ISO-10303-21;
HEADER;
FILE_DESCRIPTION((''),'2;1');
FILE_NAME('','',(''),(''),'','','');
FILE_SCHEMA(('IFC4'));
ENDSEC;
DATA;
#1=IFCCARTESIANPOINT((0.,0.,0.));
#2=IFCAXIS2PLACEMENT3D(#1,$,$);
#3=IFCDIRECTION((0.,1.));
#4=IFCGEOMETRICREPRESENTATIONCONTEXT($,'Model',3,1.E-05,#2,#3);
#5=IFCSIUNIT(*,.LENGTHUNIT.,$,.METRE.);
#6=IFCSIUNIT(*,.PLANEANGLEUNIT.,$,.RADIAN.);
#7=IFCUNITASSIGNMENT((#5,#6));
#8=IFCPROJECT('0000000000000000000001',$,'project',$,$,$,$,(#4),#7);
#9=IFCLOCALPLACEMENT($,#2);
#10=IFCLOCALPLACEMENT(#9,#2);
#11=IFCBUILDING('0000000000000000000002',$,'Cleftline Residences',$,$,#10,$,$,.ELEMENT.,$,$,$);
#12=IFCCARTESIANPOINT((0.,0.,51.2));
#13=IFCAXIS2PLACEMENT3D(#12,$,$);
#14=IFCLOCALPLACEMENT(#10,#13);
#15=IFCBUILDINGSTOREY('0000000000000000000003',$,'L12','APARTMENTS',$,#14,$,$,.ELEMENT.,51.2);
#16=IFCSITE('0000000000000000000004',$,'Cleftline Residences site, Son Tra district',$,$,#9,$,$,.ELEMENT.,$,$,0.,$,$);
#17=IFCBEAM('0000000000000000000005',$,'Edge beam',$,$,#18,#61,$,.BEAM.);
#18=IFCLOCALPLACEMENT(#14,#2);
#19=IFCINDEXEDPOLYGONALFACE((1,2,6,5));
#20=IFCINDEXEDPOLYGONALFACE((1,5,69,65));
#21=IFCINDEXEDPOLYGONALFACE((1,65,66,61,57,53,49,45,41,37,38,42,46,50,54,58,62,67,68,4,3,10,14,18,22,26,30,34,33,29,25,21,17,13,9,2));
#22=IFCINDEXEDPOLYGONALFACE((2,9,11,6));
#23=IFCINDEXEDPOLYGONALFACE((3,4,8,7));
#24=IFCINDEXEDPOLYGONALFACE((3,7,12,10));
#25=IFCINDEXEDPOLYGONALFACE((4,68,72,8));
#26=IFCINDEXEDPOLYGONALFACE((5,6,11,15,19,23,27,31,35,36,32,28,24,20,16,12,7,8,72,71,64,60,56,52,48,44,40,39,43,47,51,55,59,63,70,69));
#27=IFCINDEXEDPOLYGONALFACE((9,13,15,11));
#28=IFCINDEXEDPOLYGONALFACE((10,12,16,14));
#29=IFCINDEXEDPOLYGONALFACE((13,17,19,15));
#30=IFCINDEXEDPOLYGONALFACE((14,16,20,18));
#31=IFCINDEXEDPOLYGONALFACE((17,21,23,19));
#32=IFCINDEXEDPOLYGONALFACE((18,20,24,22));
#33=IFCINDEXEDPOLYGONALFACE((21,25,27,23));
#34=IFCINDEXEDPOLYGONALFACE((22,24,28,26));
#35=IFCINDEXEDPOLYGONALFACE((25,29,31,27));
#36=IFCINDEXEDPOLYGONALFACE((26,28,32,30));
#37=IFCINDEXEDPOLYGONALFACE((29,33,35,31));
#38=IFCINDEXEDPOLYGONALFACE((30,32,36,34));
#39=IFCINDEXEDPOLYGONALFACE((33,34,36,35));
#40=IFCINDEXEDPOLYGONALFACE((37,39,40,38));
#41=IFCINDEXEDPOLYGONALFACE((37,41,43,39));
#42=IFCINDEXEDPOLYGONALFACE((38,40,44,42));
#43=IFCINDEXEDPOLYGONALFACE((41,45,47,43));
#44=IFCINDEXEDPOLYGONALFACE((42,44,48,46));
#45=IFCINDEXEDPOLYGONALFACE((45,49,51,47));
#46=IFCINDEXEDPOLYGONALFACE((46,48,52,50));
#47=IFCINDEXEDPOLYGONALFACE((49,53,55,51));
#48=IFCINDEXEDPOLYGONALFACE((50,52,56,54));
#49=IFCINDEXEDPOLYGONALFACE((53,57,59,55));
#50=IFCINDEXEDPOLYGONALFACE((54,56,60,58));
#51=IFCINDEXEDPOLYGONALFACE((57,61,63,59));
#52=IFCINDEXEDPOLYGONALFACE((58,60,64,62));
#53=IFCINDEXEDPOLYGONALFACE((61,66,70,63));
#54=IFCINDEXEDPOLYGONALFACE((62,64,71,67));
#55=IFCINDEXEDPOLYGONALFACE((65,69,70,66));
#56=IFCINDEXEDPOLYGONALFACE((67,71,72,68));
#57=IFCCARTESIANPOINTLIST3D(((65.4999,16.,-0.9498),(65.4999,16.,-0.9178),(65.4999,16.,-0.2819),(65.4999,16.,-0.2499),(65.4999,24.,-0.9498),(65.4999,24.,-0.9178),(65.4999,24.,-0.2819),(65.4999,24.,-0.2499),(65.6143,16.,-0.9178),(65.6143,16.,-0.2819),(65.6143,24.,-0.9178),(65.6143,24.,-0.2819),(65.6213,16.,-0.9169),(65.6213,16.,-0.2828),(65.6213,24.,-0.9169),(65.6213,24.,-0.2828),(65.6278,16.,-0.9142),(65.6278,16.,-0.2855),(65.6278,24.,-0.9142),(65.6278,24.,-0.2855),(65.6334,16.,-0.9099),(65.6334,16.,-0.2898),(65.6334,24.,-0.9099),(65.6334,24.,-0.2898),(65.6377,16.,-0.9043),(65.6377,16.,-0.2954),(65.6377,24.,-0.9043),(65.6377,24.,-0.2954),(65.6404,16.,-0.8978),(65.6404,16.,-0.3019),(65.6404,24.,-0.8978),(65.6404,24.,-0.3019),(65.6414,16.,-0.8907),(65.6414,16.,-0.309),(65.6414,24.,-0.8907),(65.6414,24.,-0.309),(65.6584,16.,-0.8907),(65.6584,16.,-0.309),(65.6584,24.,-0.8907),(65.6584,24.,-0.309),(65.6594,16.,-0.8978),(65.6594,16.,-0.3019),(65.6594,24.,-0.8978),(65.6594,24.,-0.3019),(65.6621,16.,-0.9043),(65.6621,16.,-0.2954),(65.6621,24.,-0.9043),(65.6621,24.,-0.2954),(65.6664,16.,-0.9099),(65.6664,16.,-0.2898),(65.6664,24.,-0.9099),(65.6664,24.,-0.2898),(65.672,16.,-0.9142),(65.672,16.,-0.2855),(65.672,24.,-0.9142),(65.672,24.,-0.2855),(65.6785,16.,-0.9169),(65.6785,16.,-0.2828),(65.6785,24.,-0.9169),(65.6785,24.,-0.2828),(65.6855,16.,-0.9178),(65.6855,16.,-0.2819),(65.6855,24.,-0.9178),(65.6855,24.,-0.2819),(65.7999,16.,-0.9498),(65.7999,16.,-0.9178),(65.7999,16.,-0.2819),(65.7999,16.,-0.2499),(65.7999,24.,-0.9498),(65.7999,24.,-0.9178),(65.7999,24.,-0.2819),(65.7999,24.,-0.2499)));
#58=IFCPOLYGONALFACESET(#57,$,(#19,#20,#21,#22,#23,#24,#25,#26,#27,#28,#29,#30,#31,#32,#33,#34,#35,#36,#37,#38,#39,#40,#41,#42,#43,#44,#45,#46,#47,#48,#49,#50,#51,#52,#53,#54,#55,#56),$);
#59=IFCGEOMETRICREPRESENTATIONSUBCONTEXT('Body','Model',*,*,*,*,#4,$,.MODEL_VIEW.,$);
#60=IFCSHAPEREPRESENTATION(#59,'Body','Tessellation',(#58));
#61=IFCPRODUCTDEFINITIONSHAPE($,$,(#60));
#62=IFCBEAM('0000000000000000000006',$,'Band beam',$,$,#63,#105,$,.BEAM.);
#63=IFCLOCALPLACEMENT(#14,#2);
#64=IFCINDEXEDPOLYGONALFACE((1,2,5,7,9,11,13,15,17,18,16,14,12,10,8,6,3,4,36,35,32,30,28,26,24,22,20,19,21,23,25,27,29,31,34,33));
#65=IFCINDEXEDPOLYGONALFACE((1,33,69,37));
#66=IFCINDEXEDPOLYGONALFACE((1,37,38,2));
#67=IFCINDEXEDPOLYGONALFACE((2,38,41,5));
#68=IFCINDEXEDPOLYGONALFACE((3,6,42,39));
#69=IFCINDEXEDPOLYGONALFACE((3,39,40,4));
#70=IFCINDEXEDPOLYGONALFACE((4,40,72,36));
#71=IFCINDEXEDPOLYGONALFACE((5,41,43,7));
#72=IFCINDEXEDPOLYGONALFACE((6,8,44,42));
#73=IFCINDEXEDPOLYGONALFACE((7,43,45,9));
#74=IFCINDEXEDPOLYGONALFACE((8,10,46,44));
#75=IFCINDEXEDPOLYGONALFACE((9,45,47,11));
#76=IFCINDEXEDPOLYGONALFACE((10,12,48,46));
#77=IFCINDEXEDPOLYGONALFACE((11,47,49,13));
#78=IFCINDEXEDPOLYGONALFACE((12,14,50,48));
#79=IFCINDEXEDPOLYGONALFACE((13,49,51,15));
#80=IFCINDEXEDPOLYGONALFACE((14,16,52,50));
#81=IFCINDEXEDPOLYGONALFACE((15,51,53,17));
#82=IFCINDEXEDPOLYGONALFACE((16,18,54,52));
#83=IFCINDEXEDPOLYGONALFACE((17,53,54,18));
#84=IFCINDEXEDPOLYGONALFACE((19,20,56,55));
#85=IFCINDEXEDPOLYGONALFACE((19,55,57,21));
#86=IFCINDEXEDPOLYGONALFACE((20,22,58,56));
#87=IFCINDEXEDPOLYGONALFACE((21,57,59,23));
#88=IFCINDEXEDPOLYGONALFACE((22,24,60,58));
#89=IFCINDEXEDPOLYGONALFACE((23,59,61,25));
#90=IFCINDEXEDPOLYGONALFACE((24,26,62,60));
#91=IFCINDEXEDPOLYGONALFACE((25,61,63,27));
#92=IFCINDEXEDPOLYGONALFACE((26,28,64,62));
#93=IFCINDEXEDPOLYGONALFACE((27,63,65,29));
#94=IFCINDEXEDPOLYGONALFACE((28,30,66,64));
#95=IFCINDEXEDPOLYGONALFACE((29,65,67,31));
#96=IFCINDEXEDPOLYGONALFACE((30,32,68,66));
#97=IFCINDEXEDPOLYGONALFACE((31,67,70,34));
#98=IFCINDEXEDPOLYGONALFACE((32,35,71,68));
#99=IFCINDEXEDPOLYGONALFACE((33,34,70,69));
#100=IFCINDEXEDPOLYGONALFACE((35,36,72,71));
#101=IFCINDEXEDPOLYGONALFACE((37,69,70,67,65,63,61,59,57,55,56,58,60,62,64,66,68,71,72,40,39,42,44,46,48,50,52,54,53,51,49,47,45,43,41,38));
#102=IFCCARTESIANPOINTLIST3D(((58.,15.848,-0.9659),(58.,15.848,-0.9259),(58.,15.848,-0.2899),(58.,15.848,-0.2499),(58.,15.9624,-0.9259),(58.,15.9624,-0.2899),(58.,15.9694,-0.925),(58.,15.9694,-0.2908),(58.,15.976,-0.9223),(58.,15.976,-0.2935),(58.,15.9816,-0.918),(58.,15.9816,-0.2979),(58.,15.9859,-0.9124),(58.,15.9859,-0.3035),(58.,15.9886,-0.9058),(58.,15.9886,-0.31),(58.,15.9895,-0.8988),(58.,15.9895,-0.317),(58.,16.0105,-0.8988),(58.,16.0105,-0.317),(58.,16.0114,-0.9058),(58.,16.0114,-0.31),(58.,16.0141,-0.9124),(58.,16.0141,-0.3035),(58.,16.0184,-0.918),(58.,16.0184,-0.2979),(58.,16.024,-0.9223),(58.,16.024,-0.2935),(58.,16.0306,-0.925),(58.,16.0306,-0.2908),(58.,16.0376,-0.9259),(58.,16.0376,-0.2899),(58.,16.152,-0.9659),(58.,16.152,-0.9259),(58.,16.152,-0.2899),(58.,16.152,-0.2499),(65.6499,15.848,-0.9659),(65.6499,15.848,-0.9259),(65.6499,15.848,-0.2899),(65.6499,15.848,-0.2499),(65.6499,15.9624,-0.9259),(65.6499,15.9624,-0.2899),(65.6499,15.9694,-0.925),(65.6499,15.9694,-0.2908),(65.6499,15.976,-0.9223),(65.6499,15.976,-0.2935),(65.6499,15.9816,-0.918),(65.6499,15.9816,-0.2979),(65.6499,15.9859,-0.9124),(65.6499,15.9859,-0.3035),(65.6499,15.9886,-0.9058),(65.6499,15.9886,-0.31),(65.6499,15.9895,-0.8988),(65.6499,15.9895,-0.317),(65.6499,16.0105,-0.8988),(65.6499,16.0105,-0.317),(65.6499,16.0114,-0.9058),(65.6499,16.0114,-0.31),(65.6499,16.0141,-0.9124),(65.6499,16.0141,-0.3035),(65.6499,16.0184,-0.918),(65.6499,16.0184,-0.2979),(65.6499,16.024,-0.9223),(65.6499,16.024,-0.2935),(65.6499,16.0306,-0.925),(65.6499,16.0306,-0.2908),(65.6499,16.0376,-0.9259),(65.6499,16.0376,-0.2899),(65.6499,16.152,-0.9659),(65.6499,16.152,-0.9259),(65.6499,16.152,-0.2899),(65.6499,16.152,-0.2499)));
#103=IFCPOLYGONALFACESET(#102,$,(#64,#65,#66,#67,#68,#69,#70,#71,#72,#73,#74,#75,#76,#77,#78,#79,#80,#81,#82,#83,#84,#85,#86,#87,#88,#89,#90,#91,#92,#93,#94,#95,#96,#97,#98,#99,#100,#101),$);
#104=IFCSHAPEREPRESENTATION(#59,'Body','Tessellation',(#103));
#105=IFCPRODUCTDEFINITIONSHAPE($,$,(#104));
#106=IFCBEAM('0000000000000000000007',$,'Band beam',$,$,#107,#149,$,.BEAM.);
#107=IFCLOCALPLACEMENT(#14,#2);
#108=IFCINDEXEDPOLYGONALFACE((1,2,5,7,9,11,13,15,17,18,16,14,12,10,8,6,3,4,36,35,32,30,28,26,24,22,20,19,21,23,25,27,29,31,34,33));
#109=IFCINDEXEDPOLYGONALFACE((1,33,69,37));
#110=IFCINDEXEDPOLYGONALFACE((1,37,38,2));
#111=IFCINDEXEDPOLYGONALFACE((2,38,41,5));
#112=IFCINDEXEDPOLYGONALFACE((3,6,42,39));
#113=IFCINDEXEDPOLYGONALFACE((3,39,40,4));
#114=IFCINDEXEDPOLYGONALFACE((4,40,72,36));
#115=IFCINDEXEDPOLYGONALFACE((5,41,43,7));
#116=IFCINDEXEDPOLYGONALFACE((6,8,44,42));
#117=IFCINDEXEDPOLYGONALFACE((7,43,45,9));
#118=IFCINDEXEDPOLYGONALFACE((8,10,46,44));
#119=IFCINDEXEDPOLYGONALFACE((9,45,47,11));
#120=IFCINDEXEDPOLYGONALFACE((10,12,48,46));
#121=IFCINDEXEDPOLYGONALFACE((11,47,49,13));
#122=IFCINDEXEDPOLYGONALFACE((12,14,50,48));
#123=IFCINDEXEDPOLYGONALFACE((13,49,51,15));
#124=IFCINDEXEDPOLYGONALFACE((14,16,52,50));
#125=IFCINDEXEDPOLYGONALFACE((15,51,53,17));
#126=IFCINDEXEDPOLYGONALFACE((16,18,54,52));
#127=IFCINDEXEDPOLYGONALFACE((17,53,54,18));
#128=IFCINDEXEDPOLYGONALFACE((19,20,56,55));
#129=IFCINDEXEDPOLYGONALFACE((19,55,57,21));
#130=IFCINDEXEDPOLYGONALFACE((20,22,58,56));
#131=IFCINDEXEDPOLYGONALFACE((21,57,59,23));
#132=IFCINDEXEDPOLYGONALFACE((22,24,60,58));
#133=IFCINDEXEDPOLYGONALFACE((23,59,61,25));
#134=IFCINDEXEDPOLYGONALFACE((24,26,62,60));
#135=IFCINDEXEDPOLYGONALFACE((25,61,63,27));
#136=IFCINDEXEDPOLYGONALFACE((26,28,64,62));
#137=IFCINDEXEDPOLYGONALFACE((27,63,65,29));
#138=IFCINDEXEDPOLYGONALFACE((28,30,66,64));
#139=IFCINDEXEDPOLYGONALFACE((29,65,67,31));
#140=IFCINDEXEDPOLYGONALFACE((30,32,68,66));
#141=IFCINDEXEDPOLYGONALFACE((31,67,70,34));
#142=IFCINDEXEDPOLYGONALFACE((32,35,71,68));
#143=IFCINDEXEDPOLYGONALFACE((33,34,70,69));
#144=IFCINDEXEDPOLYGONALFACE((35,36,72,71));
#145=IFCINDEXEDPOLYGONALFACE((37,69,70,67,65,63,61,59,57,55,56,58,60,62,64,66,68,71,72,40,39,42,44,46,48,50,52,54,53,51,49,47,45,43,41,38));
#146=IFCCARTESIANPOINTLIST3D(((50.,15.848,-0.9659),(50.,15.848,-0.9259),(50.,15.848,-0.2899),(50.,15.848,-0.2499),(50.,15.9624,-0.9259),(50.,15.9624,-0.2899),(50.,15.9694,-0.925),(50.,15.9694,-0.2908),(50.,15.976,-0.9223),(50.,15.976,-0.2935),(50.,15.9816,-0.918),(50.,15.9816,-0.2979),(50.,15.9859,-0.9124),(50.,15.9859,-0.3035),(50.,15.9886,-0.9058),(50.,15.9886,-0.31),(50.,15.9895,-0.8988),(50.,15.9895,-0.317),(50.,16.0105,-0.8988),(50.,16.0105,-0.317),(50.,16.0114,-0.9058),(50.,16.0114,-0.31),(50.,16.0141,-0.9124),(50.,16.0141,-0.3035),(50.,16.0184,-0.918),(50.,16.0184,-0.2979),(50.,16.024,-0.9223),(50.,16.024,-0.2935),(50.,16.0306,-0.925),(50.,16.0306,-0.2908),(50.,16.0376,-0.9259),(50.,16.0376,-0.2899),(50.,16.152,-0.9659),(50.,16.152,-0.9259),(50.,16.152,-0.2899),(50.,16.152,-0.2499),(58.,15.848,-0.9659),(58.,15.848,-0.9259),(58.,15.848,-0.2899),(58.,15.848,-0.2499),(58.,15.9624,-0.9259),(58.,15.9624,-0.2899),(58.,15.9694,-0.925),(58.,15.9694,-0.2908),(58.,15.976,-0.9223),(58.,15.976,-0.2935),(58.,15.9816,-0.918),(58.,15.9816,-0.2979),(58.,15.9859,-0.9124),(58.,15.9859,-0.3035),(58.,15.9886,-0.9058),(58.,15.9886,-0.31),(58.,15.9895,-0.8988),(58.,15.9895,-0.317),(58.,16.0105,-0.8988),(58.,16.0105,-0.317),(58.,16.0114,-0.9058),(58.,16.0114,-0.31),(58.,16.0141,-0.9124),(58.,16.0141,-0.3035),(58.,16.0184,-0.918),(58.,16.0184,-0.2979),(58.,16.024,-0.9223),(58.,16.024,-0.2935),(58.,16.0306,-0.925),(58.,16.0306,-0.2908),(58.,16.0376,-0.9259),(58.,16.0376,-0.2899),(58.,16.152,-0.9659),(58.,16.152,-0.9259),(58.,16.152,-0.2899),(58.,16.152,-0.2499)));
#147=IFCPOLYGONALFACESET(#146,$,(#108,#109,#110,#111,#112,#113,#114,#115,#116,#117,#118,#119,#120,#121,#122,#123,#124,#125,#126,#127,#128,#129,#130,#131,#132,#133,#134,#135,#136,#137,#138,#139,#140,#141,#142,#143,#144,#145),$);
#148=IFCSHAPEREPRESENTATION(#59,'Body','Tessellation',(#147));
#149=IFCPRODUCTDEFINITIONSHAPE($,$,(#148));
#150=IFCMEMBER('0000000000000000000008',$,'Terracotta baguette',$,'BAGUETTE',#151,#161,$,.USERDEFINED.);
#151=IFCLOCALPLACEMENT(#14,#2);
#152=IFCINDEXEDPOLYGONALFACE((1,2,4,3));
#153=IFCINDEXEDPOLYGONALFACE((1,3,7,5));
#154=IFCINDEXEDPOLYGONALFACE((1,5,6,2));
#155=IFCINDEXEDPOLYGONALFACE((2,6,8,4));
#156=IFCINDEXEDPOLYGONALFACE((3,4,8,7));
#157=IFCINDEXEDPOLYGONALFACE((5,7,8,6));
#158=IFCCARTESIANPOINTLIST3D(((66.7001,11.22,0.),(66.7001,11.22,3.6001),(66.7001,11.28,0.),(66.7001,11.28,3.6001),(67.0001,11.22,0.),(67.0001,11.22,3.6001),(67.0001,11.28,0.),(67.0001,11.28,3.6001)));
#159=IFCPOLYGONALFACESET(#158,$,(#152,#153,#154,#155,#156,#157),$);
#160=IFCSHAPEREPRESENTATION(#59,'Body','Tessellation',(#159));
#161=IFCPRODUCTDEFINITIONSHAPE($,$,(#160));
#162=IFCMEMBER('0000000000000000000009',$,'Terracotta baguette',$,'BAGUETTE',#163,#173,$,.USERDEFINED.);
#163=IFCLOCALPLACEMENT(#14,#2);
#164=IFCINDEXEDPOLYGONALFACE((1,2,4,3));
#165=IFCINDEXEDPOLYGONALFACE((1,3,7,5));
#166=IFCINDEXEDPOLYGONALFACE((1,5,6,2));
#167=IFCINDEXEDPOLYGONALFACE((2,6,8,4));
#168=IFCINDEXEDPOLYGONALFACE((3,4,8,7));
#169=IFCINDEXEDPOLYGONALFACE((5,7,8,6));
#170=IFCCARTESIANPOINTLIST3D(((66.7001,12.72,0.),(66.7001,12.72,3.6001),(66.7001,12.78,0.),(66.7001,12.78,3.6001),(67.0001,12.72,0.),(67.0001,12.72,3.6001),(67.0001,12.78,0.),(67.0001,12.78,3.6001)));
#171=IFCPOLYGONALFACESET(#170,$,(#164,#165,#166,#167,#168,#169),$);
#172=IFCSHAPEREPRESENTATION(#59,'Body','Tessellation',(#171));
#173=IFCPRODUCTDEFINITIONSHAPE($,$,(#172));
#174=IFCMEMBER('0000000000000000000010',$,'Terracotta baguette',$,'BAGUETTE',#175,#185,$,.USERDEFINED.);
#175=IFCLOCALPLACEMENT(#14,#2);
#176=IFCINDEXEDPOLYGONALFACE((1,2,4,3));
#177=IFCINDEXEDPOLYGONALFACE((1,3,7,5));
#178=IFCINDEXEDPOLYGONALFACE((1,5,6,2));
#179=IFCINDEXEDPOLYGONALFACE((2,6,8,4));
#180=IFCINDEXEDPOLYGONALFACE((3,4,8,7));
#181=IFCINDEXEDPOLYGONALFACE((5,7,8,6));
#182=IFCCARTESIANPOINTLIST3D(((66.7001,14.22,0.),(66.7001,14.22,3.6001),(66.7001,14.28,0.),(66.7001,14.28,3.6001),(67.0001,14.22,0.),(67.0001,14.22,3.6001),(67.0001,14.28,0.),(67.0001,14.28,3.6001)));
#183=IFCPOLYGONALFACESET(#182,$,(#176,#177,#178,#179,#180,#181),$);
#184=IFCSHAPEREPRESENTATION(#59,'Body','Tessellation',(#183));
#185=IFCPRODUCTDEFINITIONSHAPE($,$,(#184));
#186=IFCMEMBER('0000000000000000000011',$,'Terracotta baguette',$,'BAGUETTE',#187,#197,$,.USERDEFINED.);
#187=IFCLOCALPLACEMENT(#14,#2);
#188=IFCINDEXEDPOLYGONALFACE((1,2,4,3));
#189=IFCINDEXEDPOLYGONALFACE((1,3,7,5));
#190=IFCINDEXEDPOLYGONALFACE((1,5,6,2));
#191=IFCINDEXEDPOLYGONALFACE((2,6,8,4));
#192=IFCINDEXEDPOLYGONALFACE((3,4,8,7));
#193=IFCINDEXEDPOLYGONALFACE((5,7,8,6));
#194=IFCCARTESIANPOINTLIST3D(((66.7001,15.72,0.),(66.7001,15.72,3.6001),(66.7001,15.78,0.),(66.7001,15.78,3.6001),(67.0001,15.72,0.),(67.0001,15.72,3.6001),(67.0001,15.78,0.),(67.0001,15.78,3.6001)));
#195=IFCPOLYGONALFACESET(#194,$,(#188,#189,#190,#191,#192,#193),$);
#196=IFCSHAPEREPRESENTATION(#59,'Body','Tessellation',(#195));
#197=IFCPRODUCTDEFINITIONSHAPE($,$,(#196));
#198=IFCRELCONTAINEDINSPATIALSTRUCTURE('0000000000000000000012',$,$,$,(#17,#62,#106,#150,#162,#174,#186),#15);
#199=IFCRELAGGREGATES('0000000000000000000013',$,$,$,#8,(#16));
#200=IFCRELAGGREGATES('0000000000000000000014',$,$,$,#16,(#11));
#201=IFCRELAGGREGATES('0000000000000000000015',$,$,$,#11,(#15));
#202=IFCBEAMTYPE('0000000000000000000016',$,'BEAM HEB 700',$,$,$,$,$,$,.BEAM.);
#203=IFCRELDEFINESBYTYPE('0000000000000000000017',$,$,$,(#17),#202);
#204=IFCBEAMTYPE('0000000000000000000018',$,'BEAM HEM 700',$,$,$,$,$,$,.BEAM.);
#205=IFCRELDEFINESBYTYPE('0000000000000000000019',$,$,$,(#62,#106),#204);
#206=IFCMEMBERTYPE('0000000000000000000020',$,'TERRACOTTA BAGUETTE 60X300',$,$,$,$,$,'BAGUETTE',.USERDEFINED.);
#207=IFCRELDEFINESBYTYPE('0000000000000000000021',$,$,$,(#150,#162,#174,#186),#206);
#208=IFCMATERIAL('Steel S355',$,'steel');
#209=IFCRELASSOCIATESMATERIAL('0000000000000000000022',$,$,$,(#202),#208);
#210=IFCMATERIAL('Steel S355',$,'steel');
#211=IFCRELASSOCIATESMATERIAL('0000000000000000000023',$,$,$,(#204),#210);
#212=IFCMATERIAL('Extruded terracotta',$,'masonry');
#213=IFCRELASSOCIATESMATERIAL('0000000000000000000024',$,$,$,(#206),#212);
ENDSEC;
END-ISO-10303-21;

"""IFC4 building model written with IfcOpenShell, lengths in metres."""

from ifc_helpers import new_model, si_unit, direction, frame, origin, origin_2d, place, context, subcontext, project, spatial, rectangle, i_section, extrude, material, material_profile, profile_set, type_object, element, save


model = new_model("IFC4")

# Units and contexts
model_context = context("Model", 3, precision=1e-05, world=origin(), true_north=direction((0.0, 1.0)))
body_context = subcontext(model_context, "Body", "Model", "MODEL_VIEW")
ifc_project = project(units=[si_unit("LENGTHUNIT", "METRE"), si_unit("PLANEANGLEUNIT", "RADIAN")], contexts=[model_context])

# Site, building, storey
site_placement = place(None, origin())
site = spatial("IfcSite", under=ifc_project, at=site_placement, Name="Cleftline Residences site, Son Tra district", CompositionType="ELEMENT", RefElevation=0.0)
building_placement = place(site_placement, origin())
building = spatial("IfcBuilding", under=site, at=building_placement, Name="Cleftline Residences", CompositionType="ELEMENT")
storey_placement = place(building_placement, frame((0.0, 0.0, 51.2)))
storey = spatial("IfcBuildingStorey", under=building, at=storey_placement, Name="L12", Description="APARTMENTS", CompositionType="ELEMENT", Elevation=51.2)

# Beams
ifc_material_1 = material(Name="Steel S355", Category="steel")
ifc_material_profile_1 = material_profile(ifc_material_1, i_section(OverallWidth=0.3, OverallDepth=0.7, WebThickness=0.0171, FlangeThickness=0.032, FilletRadius=0.0271, at=origin_2d()))
ifc_profile_set_1 = profile_set([ifc_material_profile_1], Name="Steel S355")
beam_type_1 = type_object("IfcBeamType", Name="BEAM HEB 700", PredefinedType="BEAM", material=ifc_profile_set_1)
beam_1_placement = place(storey_placement, frame((65.6499, 16.0, -0.5999), z_axis=(0.0, 1.0, 0.0), x_axis=(-1.0, 0.0, 0.0)))
element("IfcBeam", 1, at=beam_1_placement, inside=storey, type_object=beam_type_1, Name="Edge beam", PredefinedType="BEAM", context=body_context, shape_type="SweptSolid", body=[
    extrude(i_section(OverallWidth=0.3, OverallDepth=0.7, WebThickness=0.0171, FlangeThickness=0.032, FilletRadius=0.0271, at=origin_2d()), origin(), (0.0, 0.0, 1.0), 8.0),
])
ifc_material_2 = material(Name="Steel S355", Category="steel")
ifc_material_profile_2 = material_profile(ifc_material_2, i_section(OverallWidth=0.304, OverallDepth=0.7161, WebThickness=0.021, FlangeThickness=0.04, FilletRadius=0.0271, at=origin_2d()))
ifc_profile_set_2 = profile_set([ifc_material_profile_2], Name="Steel S355")
beam_type_2 = type_object("IfcBeamType", Name="BEAM HEM 700", PredefinedType="BEAM", material=ifc_profile_set_2)
beam_2_placement = place(storey_placement, frame((65.6499, 16.0, -0.6079), z_axis=(-1.0, 0.0, 0.0), x_axis=(0.0, -1.0, 0.0)))
element("IfcBeam", 2, at=beam_2_placement, inside=storey, type_object=beam_type_2, Name="Band beam", PredefinedType="BEAM", context=body_context, shape_type="SweptSolid", body=[
    extrude(i_section(OverallWidth=0.304, OverallDepth=0.7161, WebThickness=0.021, FlangeThickness=0.04, FilletRadius=0.0271, at=origin_2d()), origin(), (0.0, 0.0, 1.0), 7.6499),
])
beam_3_placement = place(storey_placement, frame((58.0, 16.0, -0.6079), z_axis=(-1.0, 0.0, 0.0), x_axis=(0.0, -1.0, 0.0)))
element("IfcBeam", 3, at=beam_3_placement, inside=storey, type_object=beam_type_2, Name="Band beam", PredefinedType="BEAM", context=body_context, shape_type="SweptSolid", body=[
    extrude(i_section(OverallWidth=0.304, OverallDepth=0.7161, WebThickness=0.021, FlangeThickness=0.04, FilletRadius=0.0271, at=origin_2d()), origin(), (0.0, 0.0, 1.0), 8.0),
])

# Members
ifc_material_3 = material(Name="Extruded terracotta", Category="masonry")
ifc_material_profile_3 = material_profile(ifc_material_3, rectangle(XDim=0.0601, YDim=0.3, at=origin_2d()))
ifc_profile_set_3 = profile_set([ifc_material_profile_3], Name="Extruded terracotta")
member_type_1 = type_object("IfcMemberType", Name="TERRACOTTA BAGUETTE 60X300", ElementType="BAGUETTE", PredefinedType="USERDEFINED", material=ifc_profile_set_3)
for number, where, z_axis, x_axis, name in (
    (4, (66.8501, 11.25, 0.0), (0.0, 0.0, 1.0), (0.0, 1.0, 0.0), "Terracotta baguette"),
    (5, (66.8501, 12.75, 0.0), (0.0, 0.0, 1.0), (0.0, 1.0, 0.0), "Terracotta baguette"),
    (6, (66.8501, 14.25, 0.0), (0.0, 0.0, 1.0), (0.0, 1.0, 0.0), "Terracotta baguette"),
    (7, (66.8501, 15.75, 0.0), (0.0, 0.0, 1.0), (0.0, 1.0, 0.0), "Terracotta baguette"),
):
    element("IfcMember", number, at=place(storey_placement, frame(where, z_axis=z_axis, x_axis=x_axis)), inside=storey, type_object=member_type_1, Name=name, ObjectType="BAGUETTE", PredefinedType="USERDEFINED", context=body_context, shape_type="SweptSolid", body=[
        extrude(rectangle(XDim=0.0601, YDim=0.3, at=origin_2d()), origin(), (0.0, 0.0, 1.0), 3.6001),
    ])

save(model, "model.ifc")
